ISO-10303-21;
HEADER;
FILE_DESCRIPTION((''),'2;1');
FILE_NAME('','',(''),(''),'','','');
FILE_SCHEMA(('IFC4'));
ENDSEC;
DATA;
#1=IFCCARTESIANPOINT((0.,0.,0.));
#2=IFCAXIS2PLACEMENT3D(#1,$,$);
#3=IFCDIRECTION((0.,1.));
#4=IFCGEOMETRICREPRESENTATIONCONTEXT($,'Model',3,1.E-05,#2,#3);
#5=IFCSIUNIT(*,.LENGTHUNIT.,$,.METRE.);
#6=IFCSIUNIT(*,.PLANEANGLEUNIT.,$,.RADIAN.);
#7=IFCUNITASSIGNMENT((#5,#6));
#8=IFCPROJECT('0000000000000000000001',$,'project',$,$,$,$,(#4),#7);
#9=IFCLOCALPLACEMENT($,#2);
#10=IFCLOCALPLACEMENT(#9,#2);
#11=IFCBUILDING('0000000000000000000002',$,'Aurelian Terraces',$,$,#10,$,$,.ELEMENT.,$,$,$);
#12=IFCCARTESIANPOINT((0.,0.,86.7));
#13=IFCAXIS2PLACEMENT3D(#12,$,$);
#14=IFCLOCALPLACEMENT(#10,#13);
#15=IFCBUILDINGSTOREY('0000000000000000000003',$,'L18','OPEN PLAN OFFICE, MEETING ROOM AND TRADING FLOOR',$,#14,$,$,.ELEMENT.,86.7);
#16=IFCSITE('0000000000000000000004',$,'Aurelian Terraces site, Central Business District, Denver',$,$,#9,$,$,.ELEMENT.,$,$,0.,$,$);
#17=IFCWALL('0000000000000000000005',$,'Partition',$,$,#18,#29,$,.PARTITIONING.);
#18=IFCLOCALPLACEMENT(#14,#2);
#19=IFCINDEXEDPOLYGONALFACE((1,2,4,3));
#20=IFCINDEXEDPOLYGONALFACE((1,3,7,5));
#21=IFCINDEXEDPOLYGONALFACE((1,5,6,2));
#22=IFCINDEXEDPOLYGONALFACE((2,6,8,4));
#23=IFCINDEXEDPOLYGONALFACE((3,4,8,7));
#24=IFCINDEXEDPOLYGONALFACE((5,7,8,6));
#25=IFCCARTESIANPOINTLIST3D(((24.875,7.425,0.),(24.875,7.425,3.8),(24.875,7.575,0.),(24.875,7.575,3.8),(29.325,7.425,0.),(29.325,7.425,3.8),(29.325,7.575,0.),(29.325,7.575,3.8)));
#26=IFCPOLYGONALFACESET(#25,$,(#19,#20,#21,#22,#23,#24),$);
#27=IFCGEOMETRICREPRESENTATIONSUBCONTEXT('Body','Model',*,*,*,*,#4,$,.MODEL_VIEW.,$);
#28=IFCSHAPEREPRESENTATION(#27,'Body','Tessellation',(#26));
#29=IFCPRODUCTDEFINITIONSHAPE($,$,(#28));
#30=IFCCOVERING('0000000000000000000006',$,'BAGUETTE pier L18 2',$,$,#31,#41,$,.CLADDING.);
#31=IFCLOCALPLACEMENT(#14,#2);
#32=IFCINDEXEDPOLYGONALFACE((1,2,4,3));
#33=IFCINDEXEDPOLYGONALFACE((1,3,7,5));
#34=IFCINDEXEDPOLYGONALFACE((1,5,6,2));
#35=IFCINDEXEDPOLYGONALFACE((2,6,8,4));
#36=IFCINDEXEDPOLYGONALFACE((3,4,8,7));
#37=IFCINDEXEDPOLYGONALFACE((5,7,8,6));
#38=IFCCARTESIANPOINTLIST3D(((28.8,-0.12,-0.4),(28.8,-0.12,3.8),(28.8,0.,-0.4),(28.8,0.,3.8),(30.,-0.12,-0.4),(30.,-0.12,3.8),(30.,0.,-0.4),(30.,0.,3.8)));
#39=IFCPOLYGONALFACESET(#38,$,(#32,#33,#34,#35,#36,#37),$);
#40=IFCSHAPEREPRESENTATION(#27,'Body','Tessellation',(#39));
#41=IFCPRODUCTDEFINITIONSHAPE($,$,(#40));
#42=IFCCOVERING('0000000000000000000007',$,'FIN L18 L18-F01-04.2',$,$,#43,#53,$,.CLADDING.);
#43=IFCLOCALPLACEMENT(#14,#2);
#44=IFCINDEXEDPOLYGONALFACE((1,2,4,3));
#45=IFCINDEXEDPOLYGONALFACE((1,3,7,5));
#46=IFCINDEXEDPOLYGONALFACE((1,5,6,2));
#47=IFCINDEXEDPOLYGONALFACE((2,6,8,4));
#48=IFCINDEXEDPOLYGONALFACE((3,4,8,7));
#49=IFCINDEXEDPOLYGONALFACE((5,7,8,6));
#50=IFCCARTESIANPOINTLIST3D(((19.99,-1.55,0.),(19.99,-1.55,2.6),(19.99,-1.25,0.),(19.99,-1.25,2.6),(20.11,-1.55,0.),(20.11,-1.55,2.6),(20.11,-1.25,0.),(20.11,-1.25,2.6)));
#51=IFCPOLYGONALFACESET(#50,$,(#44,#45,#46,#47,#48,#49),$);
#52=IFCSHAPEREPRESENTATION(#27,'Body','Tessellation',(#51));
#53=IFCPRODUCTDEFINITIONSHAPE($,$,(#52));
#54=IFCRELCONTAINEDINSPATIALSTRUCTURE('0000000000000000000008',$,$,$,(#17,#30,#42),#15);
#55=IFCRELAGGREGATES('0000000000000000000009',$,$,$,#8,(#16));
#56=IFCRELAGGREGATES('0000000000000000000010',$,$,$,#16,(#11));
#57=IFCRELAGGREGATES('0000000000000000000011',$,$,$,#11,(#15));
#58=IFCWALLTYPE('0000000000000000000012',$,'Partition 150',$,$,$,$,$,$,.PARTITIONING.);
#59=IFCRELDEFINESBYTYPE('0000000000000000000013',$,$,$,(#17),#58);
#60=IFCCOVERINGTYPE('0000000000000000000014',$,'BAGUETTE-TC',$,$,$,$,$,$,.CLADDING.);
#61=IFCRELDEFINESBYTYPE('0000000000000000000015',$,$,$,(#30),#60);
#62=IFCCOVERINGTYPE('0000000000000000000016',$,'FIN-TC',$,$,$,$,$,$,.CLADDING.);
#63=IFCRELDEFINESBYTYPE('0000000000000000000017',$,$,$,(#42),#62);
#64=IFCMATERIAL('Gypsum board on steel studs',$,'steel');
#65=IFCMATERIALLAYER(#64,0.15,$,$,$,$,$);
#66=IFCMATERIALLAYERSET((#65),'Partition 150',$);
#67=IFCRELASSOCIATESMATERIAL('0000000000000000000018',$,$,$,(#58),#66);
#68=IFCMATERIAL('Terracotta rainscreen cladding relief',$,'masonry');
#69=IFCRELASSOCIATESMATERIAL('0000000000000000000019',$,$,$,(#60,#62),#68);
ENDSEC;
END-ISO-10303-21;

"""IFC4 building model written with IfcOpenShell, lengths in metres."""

from ifc_helpers import new_model, si_unit, direction, frame, frame_2d, origin, origin_2d, place, context, subcontext, project, spatial, rectangle, extrude, source, transform, mapped, material, layer, layer_set, type_object, element, save


model = new_model("IFC4")

# Units and contexts
model_context = context("Model", 3, precision=1e-05, world=origin(), true_north=direction((0.0, 1.0)))
body_context = subcontext(model_context, "Body", "Model", "MODEL_VIEW")
ifc_project = project(units=[si_unit("LENGTHUNIT", "METRE"), si_unit("PLANEANGLEUNIT", "RADIAN")], contexts=[model_context])

# Site, building, storey
site_placement = place(None, origin())
site = spatial("IfcSite", under=ifc_project, at=site_placement, Name="Aurelian Terraces site, Central Business District, Denver", CompositionType="ELEMENT", RefElevation=0.0)
building_placement = place(site_placement, origin())
building = spatial("IfcBuilding", under=site, at=building_placement, Name="Aurelian Terraces", CompositionType="ELEMENT")
storey_placement = place(building_placement, frame((0.0, 0.0, 86.7)))
storey = spatial("IfcBuildingStorey", under=building, at=storey_placement, Name="L18", Description="OPEN PLAN OFFICE, MEETING ROOM AND TRADING FLOOR", CompositionType="ELEMENT", Elevation=86.7)

# Shared definitions
ifc_material_1 = material(Name="Gypsum board on steel studs", Category="steel")
ifc_layer_1 = layer(ifc_material_1, 0.15)
ifc_layer_set_1 = layer_set([ifc_layer_1], Name="Partition 150")
wall_type_1 = type_object("IfcWallType", Name="Partition 150", PredefinedType="PARTITIONING", material=ifc_layer_set_1)

# Wall
shared_shape_1 = source(origin(), body_context, "Body", "SweptSolid", [
    extrude(rectangle(XDim=4.45, YDim=0.15, at=frame_2d((2.225, 0.0))), origin(), (0.0, 0.0, 1.0), 3.8),
])
wall_1_placement = place(storey_placement, frame((29.325, 7.5, 0.0), z_axis=(0.0, 0.0, 1.0), x_axis=(-1.0, 0.0, 0.0)))
element("IfcWall", 1, at=wall_1_placement, inside=storey, type_object=wall_type_1, Name="Partition", PredefinedType="PARTITIONING", context=body_context, shape_type="MappedRepresentation", body=[
    mapped(shared_shape_1, transform((0.0, 0.0, 0.0), scale=1.0)),
])

# Coverings
ifc_material_2 = material(Name="Terracotta rainscreen cladding relief", Category="masonry")
covering_type_1 = type_object("IfcCoveringType", Name="BAGUETTE-TC", PredefinedType="CLADDING", material=ifc_material_2)
shared_shape_2 = source(origin(), body_context, "Body", "SweptSolid", [
    extrude(rectangle(XDim=1.2, YDim=0.12, at=origin_2d()), origin(), (0.0, 0.0, 1.0), 4.2),
])
covering_1_placement = place(storey_placement, frame((29.4, -0.06, -0.4), z_axis=(0.0, 0.0, 1.0), x_axis=(1.0, 0.0, 0.0)))
element("IfcCovering", 2, at=covering_1_placement, inside=storey, type_object=covering_type_1, Name="BAGUETTE pier L18 2", PredefinedType="CLADDING", context=body_context, shape_type="MappedRepresentation", body=[
    mapped(shared_shape_2, transform((0.0, 0.0, 0.0), scale=1.0)),
])
covering_type_2 = type_object("IfcCoveringType", Name="FIN-TC", PredefinedType="CLADDING", material=ifc_material_2)
shared_shape_3 = source(origin(), body_context, "Body", "SweptSolid", [
    extrude(rectangle(XDim=0.12, YDim=0.3, at=origin_2d()), origin(), (0.0, 0.0, 1.0), 2.6),
])
covering_2_placement = place(storey_placement, frame((20.05, -1.4, 0.0), z_axis=(0.0, 0.0, 1.0), x_axis=(1.0, 0.0, 0.0)))
element("IfcCovering", 3, at=covering_2_placement, inside=storey, type_object=covering_type_2, Name="FIN L18 L18-F01-04.2", PredefinedType="CLADDING", context=body_context, shape_type="MappedRepresentation", body=[
    mapped(shared_shape_3, transform((0.0, 0.0, 0.0), scale=1.0)),
])

save(model, "model.ifc")
